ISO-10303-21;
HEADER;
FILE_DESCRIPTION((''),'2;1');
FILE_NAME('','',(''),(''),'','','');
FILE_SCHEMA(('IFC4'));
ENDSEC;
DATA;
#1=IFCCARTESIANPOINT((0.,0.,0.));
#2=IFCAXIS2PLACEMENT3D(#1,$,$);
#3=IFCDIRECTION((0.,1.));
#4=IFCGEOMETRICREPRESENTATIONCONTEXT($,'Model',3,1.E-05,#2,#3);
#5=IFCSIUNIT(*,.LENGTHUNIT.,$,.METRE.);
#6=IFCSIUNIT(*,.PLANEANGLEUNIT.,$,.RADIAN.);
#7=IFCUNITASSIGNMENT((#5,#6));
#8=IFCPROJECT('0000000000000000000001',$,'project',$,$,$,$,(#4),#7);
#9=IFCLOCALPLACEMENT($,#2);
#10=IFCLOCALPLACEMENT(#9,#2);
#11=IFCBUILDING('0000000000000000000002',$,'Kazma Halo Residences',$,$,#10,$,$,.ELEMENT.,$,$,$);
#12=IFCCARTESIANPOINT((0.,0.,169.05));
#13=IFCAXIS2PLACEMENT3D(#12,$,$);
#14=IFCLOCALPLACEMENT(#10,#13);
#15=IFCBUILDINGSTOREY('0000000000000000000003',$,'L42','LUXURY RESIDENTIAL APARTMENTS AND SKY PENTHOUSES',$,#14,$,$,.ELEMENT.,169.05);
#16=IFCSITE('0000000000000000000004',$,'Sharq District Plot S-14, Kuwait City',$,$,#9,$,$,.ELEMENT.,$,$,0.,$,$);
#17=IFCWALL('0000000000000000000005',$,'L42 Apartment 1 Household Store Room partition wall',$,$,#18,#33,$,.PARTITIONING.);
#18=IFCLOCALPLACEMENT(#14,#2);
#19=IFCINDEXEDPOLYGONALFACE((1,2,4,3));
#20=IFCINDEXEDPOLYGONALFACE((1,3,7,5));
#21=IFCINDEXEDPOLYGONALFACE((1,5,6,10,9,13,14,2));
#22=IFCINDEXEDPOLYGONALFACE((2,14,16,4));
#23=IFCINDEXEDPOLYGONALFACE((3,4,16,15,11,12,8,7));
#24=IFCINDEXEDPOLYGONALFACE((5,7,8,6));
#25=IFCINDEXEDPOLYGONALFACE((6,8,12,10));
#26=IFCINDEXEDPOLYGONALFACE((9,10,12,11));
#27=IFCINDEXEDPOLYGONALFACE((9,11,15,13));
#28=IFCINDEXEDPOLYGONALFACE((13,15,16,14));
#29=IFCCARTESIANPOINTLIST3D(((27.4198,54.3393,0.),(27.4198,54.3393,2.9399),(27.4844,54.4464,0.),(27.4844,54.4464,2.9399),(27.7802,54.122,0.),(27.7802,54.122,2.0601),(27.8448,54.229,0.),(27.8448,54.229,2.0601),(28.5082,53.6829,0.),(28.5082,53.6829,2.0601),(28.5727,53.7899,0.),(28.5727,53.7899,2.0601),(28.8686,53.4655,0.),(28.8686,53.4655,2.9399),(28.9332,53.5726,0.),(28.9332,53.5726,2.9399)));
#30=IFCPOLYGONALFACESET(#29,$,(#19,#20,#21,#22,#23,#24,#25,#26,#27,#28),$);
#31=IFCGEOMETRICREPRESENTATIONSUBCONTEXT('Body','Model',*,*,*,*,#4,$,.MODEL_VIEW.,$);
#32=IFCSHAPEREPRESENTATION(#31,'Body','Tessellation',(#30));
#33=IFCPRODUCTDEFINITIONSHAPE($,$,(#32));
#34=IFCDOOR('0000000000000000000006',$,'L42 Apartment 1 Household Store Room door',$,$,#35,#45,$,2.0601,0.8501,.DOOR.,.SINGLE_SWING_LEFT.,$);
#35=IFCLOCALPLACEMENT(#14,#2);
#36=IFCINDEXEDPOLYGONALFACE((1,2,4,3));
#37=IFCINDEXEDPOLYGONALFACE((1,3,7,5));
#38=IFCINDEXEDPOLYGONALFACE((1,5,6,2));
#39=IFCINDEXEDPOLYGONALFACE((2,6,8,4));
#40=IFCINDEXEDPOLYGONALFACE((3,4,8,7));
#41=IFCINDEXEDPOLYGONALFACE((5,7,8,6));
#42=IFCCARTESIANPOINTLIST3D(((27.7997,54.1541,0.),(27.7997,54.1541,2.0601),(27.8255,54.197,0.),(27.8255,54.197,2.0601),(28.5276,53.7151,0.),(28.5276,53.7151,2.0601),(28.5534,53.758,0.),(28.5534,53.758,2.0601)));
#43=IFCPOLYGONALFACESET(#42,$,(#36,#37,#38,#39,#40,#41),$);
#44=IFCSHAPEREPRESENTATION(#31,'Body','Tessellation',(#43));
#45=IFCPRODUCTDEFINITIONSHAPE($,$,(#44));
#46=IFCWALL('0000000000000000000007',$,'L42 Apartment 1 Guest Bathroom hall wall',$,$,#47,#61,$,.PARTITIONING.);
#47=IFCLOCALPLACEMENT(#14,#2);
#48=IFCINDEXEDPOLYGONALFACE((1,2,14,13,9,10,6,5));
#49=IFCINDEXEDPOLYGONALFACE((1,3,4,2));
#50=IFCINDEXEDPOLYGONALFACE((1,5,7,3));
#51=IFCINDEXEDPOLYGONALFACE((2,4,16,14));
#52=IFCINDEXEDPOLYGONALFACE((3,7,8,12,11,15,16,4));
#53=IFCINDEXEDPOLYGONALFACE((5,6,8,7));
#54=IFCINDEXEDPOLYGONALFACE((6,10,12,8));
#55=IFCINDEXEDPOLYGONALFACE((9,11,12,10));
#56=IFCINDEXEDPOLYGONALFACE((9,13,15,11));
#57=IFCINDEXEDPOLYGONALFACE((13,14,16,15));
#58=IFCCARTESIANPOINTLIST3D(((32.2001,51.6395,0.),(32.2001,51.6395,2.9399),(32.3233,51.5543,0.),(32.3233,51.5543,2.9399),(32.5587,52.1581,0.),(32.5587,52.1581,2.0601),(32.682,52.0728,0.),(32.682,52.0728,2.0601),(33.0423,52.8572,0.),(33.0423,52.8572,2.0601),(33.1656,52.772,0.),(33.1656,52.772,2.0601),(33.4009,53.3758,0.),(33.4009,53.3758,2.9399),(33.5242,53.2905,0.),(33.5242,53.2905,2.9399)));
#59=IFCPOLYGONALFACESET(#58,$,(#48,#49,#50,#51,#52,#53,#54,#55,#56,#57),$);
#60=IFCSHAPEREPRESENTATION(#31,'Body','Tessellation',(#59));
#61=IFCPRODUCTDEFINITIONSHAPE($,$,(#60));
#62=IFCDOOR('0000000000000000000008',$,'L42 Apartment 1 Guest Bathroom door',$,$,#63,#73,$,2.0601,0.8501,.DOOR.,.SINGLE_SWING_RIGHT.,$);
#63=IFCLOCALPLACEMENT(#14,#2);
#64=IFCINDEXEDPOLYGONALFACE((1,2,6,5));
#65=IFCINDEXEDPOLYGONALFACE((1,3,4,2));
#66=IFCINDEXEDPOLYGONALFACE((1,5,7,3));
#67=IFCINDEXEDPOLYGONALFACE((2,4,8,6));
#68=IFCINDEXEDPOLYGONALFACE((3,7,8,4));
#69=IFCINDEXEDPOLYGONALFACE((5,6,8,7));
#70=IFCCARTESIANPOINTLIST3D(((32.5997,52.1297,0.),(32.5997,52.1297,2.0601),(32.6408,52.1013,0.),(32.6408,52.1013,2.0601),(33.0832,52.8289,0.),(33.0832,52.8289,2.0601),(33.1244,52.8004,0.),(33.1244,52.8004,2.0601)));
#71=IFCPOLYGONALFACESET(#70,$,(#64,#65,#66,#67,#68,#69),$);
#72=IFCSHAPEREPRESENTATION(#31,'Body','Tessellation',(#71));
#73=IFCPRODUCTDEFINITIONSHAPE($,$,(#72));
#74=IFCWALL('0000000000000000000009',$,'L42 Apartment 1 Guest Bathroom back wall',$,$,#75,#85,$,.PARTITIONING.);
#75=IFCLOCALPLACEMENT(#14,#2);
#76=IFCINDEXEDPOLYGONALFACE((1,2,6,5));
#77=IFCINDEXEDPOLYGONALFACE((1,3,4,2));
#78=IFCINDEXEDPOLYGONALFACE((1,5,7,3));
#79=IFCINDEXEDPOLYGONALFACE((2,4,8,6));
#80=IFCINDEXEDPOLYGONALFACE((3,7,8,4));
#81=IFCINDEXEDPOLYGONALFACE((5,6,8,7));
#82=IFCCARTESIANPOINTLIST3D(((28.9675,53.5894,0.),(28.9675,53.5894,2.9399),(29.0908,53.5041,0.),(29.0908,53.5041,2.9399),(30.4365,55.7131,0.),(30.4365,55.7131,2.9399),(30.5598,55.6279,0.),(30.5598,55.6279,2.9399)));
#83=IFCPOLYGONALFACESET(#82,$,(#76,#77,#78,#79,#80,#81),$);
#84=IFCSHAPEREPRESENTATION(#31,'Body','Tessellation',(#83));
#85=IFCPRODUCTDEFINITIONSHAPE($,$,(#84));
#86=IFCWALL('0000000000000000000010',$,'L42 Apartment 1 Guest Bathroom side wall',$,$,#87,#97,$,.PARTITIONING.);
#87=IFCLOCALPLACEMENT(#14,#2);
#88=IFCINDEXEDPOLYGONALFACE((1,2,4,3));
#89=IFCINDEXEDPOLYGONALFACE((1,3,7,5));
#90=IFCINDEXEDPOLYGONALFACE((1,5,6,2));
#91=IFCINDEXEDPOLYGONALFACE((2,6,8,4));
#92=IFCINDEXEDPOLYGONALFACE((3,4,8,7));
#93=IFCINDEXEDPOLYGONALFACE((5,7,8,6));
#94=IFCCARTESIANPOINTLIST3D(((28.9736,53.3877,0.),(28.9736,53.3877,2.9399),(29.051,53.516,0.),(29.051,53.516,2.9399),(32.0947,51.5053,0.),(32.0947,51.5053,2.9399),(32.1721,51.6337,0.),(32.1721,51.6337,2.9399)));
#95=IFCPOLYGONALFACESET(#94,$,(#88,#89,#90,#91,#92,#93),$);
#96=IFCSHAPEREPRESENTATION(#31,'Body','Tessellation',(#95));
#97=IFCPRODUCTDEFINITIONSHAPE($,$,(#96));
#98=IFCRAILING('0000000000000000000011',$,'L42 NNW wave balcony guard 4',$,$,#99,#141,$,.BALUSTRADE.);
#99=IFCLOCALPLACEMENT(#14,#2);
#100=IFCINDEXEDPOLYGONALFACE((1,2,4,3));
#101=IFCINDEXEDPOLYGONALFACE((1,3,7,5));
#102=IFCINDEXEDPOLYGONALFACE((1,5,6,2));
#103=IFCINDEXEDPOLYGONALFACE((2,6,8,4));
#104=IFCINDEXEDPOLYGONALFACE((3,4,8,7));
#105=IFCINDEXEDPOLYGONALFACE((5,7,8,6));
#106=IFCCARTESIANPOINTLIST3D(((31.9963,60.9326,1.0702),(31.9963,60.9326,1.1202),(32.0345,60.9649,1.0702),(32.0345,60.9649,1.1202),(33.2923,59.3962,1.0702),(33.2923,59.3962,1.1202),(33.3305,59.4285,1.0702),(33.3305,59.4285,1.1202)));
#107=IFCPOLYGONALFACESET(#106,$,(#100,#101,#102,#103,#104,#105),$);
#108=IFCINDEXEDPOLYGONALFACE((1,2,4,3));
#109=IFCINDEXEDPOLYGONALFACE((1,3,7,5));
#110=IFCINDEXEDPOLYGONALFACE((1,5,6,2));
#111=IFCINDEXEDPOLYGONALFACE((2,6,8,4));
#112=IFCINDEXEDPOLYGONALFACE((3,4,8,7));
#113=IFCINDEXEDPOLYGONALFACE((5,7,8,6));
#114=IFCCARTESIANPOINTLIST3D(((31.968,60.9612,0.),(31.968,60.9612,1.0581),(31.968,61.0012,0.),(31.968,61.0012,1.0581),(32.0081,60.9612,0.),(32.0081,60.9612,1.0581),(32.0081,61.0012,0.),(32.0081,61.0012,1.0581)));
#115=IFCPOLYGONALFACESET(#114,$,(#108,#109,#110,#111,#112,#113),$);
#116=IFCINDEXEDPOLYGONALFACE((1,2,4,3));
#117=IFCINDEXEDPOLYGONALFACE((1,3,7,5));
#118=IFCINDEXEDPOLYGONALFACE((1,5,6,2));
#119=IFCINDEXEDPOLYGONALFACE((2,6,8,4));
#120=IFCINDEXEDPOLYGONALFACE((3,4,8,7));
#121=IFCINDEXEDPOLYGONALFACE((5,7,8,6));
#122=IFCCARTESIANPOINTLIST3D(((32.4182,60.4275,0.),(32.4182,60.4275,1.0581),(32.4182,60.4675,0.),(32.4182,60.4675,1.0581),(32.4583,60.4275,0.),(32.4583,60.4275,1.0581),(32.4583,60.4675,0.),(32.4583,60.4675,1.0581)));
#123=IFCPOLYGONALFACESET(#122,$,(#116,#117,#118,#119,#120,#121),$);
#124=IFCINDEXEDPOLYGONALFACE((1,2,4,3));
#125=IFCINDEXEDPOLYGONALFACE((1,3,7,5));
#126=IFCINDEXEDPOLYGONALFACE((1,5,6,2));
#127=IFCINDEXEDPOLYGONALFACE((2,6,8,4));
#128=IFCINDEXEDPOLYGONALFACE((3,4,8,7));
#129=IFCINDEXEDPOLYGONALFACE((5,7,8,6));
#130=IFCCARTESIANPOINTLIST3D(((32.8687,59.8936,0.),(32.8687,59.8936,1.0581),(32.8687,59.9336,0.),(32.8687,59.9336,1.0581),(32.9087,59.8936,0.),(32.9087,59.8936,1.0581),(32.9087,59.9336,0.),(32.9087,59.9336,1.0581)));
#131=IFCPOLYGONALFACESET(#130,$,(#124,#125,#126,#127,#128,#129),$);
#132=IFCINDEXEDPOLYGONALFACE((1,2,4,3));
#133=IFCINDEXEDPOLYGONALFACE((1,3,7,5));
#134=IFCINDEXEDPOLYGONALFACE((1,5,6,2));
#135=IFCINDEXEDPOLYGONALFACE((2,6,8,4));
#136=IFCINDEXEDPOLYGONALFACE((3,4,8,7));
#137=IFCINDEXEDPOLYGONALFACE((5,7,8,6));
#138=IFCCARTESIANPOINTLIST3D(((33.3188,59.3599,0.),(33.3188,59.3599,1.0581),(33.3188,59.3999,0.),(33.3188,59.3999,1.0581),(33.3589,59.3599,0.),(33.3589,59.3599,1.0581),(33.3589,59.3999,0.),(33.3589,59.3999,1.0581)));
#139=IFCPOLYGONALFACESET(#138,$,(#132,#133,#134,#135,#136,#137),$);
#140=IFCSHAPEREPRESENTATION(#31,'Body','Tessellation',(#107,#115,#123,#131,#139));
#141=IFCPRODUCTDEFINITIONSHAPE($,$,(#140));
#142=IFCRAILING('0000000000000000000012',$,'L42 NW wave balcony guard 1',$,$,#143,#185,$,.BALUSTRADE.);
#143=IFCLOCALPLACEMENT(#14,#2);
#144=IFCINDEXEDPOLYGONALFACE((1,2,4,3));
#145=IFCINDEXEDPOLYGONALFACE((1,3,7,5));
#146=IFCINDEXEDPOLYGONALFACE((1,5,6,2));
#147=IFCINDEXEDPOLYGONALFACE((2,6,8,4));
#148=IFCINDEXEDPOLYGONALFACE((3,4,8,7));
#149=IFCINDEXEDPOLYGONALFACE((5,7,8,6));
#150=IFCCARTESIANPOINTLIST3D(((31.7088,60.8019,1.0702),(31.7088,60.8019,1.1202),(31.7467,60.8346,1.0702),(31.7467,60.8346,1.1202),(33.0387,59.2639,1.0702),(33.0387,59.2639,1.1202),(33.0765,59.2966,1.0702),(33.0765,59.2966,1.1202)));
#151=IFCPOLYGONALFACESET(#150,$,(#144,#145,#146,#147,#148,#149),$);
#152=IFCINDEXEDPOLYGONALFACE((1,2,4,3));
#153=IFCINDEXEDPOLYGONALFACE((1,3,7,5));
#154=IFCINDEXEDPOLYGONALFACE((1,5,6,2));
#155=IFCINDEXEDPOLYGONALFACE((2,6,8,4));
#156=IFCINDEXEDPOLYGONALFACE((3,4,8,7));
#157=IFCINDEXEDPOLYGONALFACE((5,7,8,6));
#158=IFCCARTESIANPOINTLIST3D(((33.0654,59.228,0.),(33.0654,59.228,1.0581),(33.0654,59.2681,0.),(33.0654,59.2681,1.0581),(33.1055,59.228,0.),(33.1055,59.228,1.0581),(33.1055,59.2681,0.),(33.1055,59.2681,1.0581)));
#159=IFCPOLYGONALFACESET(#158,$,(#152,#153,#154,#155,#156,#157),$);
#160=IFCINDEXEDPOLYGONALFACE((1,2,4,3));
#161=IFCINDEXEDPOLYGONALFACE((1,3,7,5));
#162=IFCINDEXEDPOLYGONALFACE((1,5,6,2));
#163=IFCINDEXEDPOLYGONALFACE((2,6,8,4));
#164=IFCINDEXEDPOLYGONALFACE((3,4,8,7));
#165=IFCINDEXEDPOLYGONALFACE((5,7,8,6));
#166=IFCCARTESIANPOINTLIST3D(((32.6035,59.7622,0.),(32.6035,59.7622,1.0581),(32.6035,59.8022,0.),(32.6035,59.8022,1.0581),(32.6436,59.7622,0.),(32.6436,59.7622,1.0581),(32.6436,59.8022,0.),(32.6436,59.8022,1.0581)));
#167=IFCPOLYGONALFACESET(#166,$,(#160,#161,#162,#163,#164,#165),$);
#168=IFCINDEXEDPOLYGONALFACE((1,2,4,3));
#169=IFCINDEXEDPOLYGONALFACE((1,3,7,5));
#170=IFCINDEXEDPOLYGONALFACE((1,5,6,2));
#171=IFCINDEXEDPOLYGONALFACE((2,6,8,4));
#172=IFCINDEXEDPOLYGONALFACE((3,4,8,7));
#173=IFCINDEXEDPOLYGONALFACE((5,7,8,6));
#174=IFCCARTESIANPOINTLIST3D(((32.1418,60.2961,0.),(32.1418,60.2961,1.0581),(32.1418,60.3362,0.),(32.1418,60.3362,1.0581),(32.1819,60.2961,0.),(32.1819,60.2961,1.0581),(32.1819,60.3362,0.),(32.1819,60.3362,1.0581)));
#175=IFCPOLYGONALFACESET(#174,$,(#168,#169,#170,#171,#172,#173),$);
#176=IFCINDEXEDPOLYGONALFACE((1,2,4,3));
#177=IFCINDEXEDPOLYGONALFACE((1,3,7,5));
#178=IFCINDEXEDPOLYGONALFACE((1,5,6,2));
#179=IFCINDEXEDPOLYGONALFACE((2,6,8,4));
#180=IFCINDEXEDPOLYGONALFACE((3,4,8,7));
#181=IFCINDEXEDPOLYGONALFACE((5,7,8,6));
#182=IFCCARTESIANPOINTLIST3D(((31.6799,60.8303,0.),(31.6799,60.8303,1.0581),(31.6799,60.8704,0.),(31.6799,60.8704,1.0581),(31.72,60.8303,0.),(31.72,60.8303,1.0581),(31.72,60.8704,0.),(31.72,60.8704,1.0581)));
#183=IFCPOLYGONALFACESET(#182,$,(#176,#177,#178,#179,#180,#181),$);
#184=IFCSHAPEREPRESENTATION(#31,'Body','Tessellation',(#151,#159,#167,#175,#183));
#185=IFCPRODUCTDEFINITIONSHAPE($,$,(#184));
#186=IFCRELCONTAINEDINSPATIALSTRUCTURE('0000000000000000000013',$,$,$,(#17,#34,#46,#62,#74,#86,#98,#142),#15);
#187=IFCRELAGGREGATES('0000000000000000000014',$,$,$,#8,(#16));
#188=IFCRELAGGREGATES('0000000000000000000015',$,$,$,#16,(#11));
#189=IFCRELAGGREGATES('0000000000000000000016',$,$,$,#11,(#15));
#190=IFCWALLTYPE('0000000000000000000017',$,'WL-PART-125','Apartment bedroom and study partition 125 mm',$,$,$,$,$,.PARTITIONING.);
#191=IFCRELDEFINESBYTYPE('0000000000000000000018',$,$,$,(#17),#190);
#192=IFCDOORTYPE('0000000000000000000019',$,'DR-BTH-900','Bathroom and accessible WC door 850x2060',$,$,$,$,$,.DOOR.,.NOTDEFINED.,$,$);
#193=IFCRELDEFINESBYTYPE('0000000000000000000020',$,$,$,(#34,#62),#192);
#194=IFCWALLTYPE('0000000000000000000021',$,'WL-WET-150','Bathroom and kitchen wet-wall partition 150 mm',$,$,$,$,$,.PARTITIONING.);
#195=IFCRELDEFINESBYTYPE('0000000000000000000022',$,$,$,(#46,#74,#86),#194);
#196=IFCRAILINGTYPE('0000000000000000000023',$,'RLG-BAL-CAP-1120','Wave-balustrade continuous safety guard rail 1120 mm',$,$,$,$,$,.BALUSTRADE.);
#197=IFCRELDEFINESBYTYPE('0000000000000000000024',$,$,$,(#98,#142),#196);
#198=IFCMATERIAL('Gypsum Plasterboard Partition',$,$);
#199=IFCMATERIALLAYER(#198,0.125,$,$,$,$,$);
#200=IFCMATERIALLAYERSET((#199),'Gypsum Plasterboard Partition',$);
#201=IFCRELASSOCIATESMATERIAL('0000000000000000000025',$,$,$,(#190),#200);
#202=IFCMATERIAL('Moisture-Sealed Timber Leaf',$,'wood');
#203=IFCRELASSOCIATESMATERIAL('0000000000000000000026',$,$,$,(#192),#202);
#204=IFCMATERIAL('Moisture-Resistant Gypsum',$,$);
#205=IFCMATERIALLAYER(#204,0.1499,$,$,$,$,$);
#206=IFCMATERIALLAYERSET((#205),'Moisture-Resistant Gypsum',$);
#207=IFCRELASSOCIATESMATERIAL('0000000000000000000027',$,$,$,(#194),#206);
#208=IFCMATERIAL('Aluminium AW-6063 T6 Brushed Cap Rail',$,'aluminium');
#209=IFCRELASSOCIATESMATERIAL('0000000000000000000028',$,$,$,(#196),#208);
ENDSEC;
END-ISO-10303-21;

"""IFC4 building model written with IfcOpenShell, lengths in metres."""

from ifc_helpers import new_model, si_unit, direction, frame, frame_2d, origin, origin_2d, place, context, subcontext, project, spatial, rectangle, extrude, material, layer, layer_set, type_object, element, fill, save


model = new_model("IFC4")

# Units and contexts
model_context = context("Model", 3, precision=1e-05, world=origin(), true_north=direction((0.0, 1.0)))
body_context = subcontext(model_context, "Body", "Model", "MODEL_VIEW")
ifc_project = project(units=[si_unit("LENGTHUNIT", "METRE"), si_unit("PLANEANGLEUNIT", "RADIAN")], contexts=[model_context])

# Site, building, storey
site_placement = place(None, origin())
site = spatial("IfcSite", under=ifc_project, at=site_placement, Name="Sharq District Plot S-14, Kuwait City", CompositionType="ELEMENT", RefElevation=0.0)
building_placement = place(site_placement, origin())
building = spatial("IfcBuilding", under=site, at=building_placement, Name="Kazma Halo Residences", CompositionType="ELEMENT")
storey_placement = place(building_placement, frame((0.0, 0.0, 169.05)))
storey = spatial("IfcBuildingStorey", under=building, at=storey_placement, Name="L42", Description="LUXURY RESIDENTIAL APARTMENTS AND SKY PENTHOUSES", CompositionType="ELEMENT", Elevation=169.05)

# Shared definitions
ifc_material_1 = material(Name="Gypsum Plasterboard Partition")
ifc_layer_1 = layer(ifc_material_1, 0.125)
ifc_layer_set_1 = layer_set([ifc_layer_1], Name="Gypsum Plasterboard Partition")
wall_type_1 = type_object("IfcWallType", Name="WL-PART-125", Description="Apartment bedroom and study partition 125 mm", PredefinedType="PARTITIONING", material=ifc_layer_set_1)

# Walls, openings, doors
wall_1_placement = place(storey_placement, frame((28.9009, 53.519, 0.0), z_axis=(0.0, 0.0, 1.0), x_axis=(-0.856307, 0.516468, 0.0)))
wall_1 = element("IfcWall", 1, at=wall_1_placement, inside=storey, type_object=wall_type_1, Name="L42 Apartment 1 Household Store Room partition wall", PredefinedType="PARTITIONING", context=body_context, shape_type="SweptSolid", body=[
    extrude(rectangle(XDim=1.6919, YDim=0.125, at=frame_2d((0.8459, 0.0))), origin(), (0.0, 0.0, 1.0), 2.9399),
])
opening_1_placement = place(wall_1_placement, frame((0.4209, 0.0, 0.0)))
opening_1 = element("IfcOpeningElement", 2, at=opening_1_placement, cuts=wall_1, PredefinedType="OPENING", context=body_context, shape_type="SweptSolid", body=[
    extrude(rectangle(XDim=0.8501, YDim=2.0601, at=frame_2d((0.425, 1.03))), frame((0.0, 0.0725, 0.0), z_axis=(0.0, -1.0, 0.0), x_axis=(1.0, 0.0, 0.0)), (0.0, 0.0, 1.0), 0.145),
])
ifc_material_2 = material(Name="Moisture-Sealed Timber Leaf", Category="wood")
door_type_1 = type_object("IfcDoorType", Name="DR-BTH-900", Description="Bathroom and accessible WC door 850x2060", OperationType="NOTDEFINED", PredefinedType="DOOR", material=ifc_material_2)
door_1_placement = place(opening_1_placement, origin())
door_1 = element("IfcDoor", 3, at=door_1_placement, inside=storey, type_object=door_type_1, Name="L42 Apartment 1 Household Store Room door", OperationType="SINGLE_SWING_LEFT", OverallHeight=2.0601, OverallWidth=0.8501, PredefinedType="DOOR", context=body_context, shape_type="SweptSolid", body=[
    extrude(rectangle(XDim=0.8501, YDim=2.0601, at=frame_2d((0.425, 1.03))), frame((0.0, 0.0249, 0.0), z_axis=(0.0, -1.0, 0.0), x_axis=(1.0, 0.0, 0.0)), (0.0, 0.0, 1.0), 0.05),
])
fill(opening_1, door_1)
ifc_material_3 = material(Name="Moisture-Resistant Gypsum")
ifc_layer_2 = layer(ifc_material_3, 0.1499)
ifc_layer_set_2 = layer_set([ifc_layer_2], Name="Moisture-Resistant Gypsum")
wall_type_2 = type_object("IfcWallType", Name="WL-WET-150", Description="Bathroom and kitchen wet-wall partition 150 mm", PredefinedType="PARTITIONING", material=ifc_layer_set_2)
wall_2_placement = place(storey_placement, frame((33.4626, 53.3333, 0.0), z_axis=(0.0, 0.0, 1.0), x_axis=(-0.568843, -0.822446, 0.0)))
wall_2 = element("IfcWall", 4, at=wall_2_placement, inside=storey, type_object=wall_type_2, Name="L42 Apartment 1 Guest Bathroom hall wall", PredefinedType="PARTITIONING", context=body_context, shape_type="SweptSolid", body=[
    extrude(rectangle(XDim=2.1111, YDim=0.1499, at=frame_2d((1.0557, 0.0))), origin(), (0.0, 0.0, 1.0), 2.9399),
])
opening_2_placement = place(wall_2_placement, frame((0.6306, 0.0, 0.0)))
opening_2 = element("IfcOpeningElement", 5, at=opening_2_placement, cuts=wall_2, PredefinedType="OPENING", context=body_context, shape_type="SweptSolid", body=[
    extrude(rectangle(XDim=0.8501, YDim=2.0601, at=frame_2d((0.425, 1.03))), frame((0.0, 0.085, 0.0), z_axis=(0.0, -1.0, 0.0), x_axis=(1.0, 0.0, 0.0)), (0.0, 0.0, 1.0), 0.1699),
])
door_2_placement = place(opening_2_placement, origin())
door_2 = element("IfcDoor", 6, at=door_2_placement, inside=storey, type_object=door_type_1, Name="L42 Apartment 1 Guest Bathroom door", OperationType="SINGLE_SWING_RIGHT", OverallHeight=2.0601, OverallWidth=0.8501, PredefinedType="DOOR", context=body_context, shape_type="SweptSolid", body=[
    extrude(rectangle(XDim=0.8501, YDim=2.0601, at=frame_2d((0.425, 1.03))), frame((0.0, 0.0249, 0.0), z_axis=(0.0, -1.0, 0.0), x_axis=(1.0, 0.0, 0.0)), (0.0, 0.0, 1.0), 0.05),
])
fill(opening_2, door_2)

# Walls
wall_3_placement = place(storey_placement, frame((30.498, 55.6704, 0.0), z_axis=(0.0, 0.0, 1.0), x_axis=(-0.568866, -0.82243, 0.0)))
element("IfcWall", 7, at=wall_3_placement, inside=storey, type_object=wall_type_2, Name="L42 Apartment 1 Guest Bathroom back wall", PredefinedType="PARTITIONING", context=body_context, shape_type="SweptSolid", body=[
    extrude(rectangle(XDim=2.5823, YDim=0.1499, at=frame_2d((1.291, 0.0))), origin(), (0.0, 0.0, 1.0), 2.9399),
])
wall_4_placement = place(storey_placement, frame((32.1333, 51.5696, 0.0), z_axis=(0.0, 0.0, 1.0), x_axis=(-0.85632, 0.516445, 0.0)))
element("IfcWall", 8, at=wall_4_placement, inside=storey, type_object=wall_type_2, Name="L42 Apartment 1 Guest Bathroom side wall", PredefinedType="PARTITIONING", context=body_context, shape_type="SweptSolid", body=[
    extrude(rectangle(XDim=3.6448, YDim=0.1499, at=frame_2d((1.8223, 0.0))), origin(), (0.0, 0.0, 1.0), 2.9399),
])

# Railings
ifc_material_4 = material(Name="Aluminium AW-6063 T6 Brushed Cap Rail", Category="aluminium")
railing_type = type_object("IfcRailingType", Name="RLG-BAL-CAP-1120", Description="Wave-balustrade continuous safety guard rail 1120 mm", PredefinedType="BALUSTRADE", material=ifc_material_4)
railing_1_placement = place(storey_placement, frame((31.988, 60.9812, 0.0)))
element("IfcRailing", 9, at=railing_1_placement, inside=storey, type_object=railing_type, Name="L42 NNW wave balcony guard 4", PredefinedType="BALUSTRADE", context=body_context, shape_type="SweptSolid", body=[
    extrude(rectangle(XDim=0.05, YDim=0.05, at=origin_2d()), frame((0.0273, -0.0325, 1.0952), z_axis=(0.644792, -0.764358, 0.0), x_axis=(0.764358, 0.644792, 0.0)), (0.0, 0.0, 1.0), 2.01),
    extrude(rectangle(XDim=0.04, YDim=0.04, at=origin_2d()), origin(), (0.0, 0.0, 1.0), 1.0581),
    extrude(rectangle(XDim=0.04, YDim=0.04, at=origin_2d()), frame((0.4502, -0.5337, 0.0)), (0.0, 0.0, 1.0), 1.0581),
    extrude(rectangle(XDim=0.04, YDim=0.04, at=origin_2d()), frame((0.9006, -1.0676, 0.0)), (0.0, 0.0, 1.0), 1.0581),
    extrude(rectangle(XDim=0.04, YDim=0.04, at=origin_2d()), frame((1.3508, -1.6013, 0.0)), (0.0, 0.0, 1.0), 1.0581),
])
railing_2_placement = place(storey_placement, frame((33.0854, 59.248, 0.0)))
element("IfcRailing", 10, at=railing_2_placement, inside=storey, type_object=railing_type, Name="L42 NW wave balcony guard 1", PredefinedType="BALUSTRADE", context=body_context, shape_type="SweptSolid", body=[
    extrude(rectangle(XDim=0.05, YDim=0.05, at=origin_2d()), frame((-0.0278, 0.0322, 1.0952), z_axis=(-0.654079, 0.756426, 0.0), x_axis=(-0.756426, -0.654079, 0.0)), (0.0, 0.0, 1.0), 2.0332),
    extrude(rectangle(XDim=0.04, YDim=0.04, at=origin_2d()), origin(), (0.0, 0.0, 1.0), 1.0581),
    extrude(rectangle(XDim=0.04, YDim=0.04, at=origin_2d()), frame((-0.4619, 0.5342, 0.0)), (0.0, 0.0, 1.0), 1.0581),
    extrude(rectangle(XDim=0.04, YDim=0.04, at=origin_2d()), frame((-0.9236, 1.0681, 0.0)), (0.0, 0.0, 1.0), 1.0581),
    extrude(rectangle(XDim=0.04, YDim=0.04, at=origin_2d()), frame((-1.3855, 1.6023, 0.0)), (0.0, 0.0, 1.0), 1.0581),
])

save(model, "model.ifc")
